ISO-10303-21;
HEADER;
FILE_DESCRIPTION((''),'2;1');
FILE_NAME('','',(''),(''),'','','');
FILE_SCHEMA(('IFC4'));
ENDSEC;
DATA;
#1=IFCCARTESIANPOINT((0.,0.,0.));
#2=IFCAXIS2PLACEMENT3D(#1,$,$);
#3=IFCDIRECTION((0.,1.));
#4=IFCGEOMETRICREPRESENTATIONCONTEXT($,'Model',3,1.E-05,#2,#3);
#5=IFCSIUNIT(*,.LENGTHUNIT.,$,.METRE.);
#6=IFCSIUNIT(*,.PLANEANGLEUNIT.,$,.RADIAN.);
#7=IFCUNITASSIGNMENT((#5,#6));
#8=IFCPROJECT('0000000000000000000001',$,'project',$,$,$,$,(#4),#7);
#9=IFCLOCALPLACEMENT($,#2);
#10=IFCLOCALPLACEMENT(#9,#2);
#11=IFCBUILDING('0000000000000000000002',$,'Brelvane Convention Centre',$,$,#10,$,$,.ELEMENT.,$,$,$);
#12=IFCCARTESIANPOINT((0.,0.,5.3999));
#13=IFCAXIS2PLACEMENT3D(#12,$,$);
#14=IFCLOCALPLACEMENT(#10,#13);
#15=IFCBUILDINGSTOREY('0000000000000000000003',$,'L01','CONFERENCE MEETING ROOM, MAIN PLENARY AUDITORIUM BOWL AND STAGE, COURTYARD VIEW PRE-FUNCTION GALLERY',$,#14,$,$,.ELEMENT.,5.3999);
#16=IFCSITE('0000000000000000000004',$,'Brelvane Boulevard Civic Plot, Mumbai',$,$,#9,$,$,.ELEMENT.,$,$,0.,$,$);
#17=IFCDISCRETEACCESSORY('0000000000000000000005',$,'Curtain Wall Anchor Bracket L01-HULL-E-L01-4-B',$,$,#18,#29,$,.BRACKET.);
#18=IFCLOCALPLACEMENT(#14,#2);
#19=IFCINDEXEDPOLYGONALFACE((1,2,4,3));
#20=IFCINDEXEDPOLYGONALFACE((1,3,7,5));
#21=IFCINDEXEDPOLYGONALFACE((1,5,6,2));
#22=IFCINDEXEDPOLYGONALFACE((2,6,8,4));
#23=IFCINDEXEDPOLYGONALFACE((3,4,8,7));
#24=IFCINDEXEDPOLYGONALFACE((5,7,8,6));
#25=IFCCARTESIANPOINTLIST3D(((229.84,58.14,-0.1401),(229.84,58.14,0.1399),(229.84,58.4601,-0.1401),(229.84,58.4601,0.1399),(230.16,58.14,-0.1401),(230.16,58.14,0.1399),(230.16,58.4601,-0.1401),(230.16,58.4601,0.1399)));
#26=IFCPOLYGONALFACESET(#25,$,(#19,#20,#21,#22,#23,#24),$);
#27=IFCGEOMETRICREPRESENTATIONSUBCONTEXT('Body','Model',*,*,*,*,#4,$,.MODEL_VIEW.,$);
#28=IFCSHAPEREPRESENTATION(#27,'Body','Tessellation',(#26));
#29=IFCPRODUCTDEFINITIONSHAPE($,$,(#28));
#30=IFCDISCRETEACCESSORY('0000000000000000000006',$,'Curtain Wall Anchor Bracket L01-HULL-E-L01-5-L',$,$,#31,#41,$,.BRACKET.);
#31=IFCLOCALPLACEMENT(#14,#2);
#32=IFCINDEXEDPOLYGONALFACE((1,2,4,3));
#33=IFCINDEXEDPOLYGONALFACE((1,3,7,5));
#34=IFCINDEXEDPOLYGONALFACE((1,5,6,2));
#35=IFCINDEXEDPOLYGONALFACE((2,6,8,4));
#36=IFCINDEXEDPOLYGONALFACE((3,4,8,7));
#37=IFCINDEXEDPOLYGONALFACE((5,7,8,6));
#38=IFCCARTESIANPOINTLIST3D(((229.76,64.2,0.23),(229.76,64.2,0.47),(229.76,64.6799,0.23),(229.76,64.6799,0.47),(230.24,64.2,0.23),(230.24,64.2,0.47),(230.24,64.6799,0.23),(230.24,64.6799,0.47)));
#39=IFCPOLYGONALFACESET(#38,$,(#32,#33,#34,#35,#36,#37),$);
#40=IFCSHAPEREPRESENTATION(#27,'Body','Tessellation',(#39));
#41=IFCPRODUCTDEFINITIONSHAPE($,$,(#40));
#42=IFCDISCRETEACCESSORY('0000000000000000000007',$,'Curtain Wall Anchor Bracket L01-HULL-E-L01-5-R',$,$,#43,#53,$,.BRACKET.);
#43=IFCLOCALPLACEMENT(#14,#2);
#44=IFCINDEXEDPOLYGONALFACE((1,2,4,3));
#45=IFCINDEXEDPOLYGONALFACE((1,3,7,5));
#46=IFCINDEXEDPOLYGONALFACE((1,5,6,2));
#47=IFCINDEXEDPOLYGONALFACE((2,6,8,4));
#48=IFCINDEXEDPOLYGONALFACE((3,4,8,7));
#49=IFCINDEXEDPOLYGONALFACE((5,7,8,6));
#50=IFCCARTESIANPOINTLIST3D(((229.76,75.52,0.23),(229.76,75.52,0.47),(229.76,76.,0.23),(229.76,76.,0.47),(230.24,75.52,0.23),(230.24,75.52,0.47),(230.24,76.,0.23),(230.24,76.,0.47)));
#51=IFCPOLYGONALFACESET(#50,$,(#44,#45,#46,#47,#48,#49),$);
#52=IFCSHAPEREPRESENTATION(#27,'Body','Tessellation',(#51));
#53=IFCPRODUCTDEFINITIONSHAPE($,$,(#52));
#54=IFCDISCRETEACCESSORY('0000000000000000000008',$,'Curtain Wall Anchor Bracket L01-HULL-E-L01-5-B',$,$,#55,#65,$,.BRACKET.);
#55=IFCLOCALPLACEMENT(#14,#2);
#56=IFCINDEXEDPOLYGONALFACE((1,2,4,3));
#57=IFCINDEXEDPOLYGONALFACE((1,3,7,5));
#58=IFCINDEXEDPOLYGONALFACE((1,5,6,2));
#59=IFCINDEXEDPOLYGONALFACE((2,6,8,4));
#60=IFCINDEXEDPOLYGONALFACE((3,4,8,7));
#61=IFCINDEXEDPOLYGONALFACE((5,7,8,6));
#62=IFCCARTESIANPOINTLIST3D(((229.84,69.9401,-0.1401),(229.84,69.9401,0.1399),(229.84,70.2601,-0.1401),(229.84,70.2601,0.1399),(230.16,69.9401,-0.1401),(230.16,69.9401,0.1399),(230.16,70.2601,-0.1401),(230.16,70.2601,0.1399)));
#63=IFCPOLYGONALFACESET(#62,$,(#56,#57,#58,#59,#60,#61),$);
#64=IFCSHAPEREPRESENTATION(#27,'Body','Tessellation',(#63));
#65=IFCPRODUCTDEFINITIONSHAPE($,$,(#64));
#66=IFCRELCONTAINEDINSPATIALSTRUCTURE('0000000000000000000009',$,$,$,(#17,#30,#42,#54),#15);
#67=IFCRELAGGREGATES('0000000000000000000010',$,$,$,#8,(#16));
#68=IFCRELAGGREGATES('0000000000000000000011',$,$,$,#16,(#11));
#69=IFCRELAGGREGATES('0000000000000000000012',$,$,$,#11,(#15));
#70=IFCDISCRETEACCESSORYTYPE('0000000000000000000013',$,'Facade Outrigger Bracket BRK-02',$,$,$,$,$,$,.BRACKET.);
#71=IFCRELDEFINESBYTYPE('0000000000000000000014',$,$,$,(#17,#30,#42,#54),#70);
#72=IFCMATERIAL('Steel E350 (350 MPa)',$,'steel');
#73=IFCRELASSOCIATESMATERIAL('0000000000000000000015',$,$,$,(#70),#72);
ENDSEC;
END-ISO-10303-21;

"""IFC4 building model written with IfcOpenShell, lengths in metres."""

from ifc_helpers import new_model, si_unit, direction, frame, origin, origin_2d, place, context, subcontext, project, spatial, rectangle, extrude, material, type_object, element, save


model = new_model("IFC4")

# Units and contexts
model_context = context("Model", 3, precision=1e-05, world=origin(), true_north=direction((0.0, 1.0)))
body_context = subcontext(model_context, "Body", "Model", "MODEL_VIEW")
ifc_project = project(units=[si_unit("LENGTHUNIT", "METRE"), si_unit("PLANEANGLEUNIT", "RADIAN")], contexts=[model_context])

# Site, building, storey
site_placement = place(None, origin())
site = spatial("IfcSite", under=ifc_project, at=site_placement, Name="Brelvane Boulevard Civic Plot, Mumbai", CompositionType="ELEMENT", RefElevation=0.0)
building_placement = place(site_placement, origin())
building = spatial("IfcBuilding", under=site, at=building_placement, Name="Brelvane Convention Centre", CompositionType="ELEMENT")
storey_placement = place(building_placement, frame((0.0, 0.0, 5.3999)))
storey = spatial("IfcBuildingStorey", under=building, at=storey_placement, Name="L01", Description="CONFERENCE MEETING ROOM, MAIN PLENARY AUDITORIUM BOWL AND STAGE, COURTYARD VIEW PRE-FUNCTION GALLERY", CompositionType="ELEMENT", Elevation=5.3999)

# Discrete accessories
ifc_material_1 = material(Name="Steel E350 (350 MPa)", Category="steel")
discrete_accessory_type = type_object("IfcDiscreteAccessoryType", Name="Facade Outrigger Bracket BRK-02", PredefinedType="BRACKET", material=ifc_material_1)
discrete_accessory_1_placement = place(storey_placement, frame((230.0, 58.3, -0.1401), z_axis=(0.0, 0.0, 1.0), x_axis=(1.0, 0.0, 0.0)))
element("IfcDiscreteAccessory", 1, at=discrete_accessory_1_placement, inside=storey, type_object=discrete_accessory_type, Name="Curtain Wall Anchor Bracket L01-HULL-E-L01-4-B", PredefinedType="BRACKET", context=body_context, shape_type="SweptSolid", body=[
    extrude(rectangle(XDim=0.3201, YDim=0.3201, at=origin_2d()), origin(), (0.0, 0.0, 1.0), 0.28),
])
for number, where, z_axis, x_axis, name in (
    (2, (230.0, 64.4399, 0.23), (0.0, 0.0, 1.0), (1.0, 0.0, 0.0), "Curtain Wall Anchor Bracket L01-HULL-E-L01-5-L"),
    (3, (230.0, 75.76, 0.23), (0.0, 0.0, 1.0), (1.0, 0.0, 0.0), "Curtain Wall Anchor Bracket L01-HULL-E-L01-5-R"),
):
    element("IfcDiscreteAccessory", number, at=place(storey_placement, frame(where, z_axis=z_axis, x_axis=x_axis)), inside=storey, type_object=discrete_accessory_type, Name=name, PredefinedType="BRACKET", context=body_context, shape_type="SweptSolid", body=[
        extrude(rectangle(XDim=0.48, YDim=0.48, at=origin_2d()), origin(), (0.0, 0.0, 1.0), 0.24),
    ])
discrete_accessory_2_placement = place(storey_placement, frame((230.0, 70.1001, -0.1401), z_axis=(0.0, 0.0, 1.0), x_axis=(1.0, 0.0, 0.0)))
element("IfcDiscreteAccessory", 4, at=discrete_accessory_2_placement, inside=storey, type_object=discrete_accessory_type, Name="Curtain Wall Anchor Bracket L01-HULL-E-L01-5-B", PredefinedType="BRACKET", context=body_context, shape_type="SweptSolid", body=[
    extrude(rectangle(XDim=0.3201, YDim=0.3201, at=origin_2d()), origin(), (0.0, 0.0, 1.0), 0.28),
])

save(model, "model.ifc")
